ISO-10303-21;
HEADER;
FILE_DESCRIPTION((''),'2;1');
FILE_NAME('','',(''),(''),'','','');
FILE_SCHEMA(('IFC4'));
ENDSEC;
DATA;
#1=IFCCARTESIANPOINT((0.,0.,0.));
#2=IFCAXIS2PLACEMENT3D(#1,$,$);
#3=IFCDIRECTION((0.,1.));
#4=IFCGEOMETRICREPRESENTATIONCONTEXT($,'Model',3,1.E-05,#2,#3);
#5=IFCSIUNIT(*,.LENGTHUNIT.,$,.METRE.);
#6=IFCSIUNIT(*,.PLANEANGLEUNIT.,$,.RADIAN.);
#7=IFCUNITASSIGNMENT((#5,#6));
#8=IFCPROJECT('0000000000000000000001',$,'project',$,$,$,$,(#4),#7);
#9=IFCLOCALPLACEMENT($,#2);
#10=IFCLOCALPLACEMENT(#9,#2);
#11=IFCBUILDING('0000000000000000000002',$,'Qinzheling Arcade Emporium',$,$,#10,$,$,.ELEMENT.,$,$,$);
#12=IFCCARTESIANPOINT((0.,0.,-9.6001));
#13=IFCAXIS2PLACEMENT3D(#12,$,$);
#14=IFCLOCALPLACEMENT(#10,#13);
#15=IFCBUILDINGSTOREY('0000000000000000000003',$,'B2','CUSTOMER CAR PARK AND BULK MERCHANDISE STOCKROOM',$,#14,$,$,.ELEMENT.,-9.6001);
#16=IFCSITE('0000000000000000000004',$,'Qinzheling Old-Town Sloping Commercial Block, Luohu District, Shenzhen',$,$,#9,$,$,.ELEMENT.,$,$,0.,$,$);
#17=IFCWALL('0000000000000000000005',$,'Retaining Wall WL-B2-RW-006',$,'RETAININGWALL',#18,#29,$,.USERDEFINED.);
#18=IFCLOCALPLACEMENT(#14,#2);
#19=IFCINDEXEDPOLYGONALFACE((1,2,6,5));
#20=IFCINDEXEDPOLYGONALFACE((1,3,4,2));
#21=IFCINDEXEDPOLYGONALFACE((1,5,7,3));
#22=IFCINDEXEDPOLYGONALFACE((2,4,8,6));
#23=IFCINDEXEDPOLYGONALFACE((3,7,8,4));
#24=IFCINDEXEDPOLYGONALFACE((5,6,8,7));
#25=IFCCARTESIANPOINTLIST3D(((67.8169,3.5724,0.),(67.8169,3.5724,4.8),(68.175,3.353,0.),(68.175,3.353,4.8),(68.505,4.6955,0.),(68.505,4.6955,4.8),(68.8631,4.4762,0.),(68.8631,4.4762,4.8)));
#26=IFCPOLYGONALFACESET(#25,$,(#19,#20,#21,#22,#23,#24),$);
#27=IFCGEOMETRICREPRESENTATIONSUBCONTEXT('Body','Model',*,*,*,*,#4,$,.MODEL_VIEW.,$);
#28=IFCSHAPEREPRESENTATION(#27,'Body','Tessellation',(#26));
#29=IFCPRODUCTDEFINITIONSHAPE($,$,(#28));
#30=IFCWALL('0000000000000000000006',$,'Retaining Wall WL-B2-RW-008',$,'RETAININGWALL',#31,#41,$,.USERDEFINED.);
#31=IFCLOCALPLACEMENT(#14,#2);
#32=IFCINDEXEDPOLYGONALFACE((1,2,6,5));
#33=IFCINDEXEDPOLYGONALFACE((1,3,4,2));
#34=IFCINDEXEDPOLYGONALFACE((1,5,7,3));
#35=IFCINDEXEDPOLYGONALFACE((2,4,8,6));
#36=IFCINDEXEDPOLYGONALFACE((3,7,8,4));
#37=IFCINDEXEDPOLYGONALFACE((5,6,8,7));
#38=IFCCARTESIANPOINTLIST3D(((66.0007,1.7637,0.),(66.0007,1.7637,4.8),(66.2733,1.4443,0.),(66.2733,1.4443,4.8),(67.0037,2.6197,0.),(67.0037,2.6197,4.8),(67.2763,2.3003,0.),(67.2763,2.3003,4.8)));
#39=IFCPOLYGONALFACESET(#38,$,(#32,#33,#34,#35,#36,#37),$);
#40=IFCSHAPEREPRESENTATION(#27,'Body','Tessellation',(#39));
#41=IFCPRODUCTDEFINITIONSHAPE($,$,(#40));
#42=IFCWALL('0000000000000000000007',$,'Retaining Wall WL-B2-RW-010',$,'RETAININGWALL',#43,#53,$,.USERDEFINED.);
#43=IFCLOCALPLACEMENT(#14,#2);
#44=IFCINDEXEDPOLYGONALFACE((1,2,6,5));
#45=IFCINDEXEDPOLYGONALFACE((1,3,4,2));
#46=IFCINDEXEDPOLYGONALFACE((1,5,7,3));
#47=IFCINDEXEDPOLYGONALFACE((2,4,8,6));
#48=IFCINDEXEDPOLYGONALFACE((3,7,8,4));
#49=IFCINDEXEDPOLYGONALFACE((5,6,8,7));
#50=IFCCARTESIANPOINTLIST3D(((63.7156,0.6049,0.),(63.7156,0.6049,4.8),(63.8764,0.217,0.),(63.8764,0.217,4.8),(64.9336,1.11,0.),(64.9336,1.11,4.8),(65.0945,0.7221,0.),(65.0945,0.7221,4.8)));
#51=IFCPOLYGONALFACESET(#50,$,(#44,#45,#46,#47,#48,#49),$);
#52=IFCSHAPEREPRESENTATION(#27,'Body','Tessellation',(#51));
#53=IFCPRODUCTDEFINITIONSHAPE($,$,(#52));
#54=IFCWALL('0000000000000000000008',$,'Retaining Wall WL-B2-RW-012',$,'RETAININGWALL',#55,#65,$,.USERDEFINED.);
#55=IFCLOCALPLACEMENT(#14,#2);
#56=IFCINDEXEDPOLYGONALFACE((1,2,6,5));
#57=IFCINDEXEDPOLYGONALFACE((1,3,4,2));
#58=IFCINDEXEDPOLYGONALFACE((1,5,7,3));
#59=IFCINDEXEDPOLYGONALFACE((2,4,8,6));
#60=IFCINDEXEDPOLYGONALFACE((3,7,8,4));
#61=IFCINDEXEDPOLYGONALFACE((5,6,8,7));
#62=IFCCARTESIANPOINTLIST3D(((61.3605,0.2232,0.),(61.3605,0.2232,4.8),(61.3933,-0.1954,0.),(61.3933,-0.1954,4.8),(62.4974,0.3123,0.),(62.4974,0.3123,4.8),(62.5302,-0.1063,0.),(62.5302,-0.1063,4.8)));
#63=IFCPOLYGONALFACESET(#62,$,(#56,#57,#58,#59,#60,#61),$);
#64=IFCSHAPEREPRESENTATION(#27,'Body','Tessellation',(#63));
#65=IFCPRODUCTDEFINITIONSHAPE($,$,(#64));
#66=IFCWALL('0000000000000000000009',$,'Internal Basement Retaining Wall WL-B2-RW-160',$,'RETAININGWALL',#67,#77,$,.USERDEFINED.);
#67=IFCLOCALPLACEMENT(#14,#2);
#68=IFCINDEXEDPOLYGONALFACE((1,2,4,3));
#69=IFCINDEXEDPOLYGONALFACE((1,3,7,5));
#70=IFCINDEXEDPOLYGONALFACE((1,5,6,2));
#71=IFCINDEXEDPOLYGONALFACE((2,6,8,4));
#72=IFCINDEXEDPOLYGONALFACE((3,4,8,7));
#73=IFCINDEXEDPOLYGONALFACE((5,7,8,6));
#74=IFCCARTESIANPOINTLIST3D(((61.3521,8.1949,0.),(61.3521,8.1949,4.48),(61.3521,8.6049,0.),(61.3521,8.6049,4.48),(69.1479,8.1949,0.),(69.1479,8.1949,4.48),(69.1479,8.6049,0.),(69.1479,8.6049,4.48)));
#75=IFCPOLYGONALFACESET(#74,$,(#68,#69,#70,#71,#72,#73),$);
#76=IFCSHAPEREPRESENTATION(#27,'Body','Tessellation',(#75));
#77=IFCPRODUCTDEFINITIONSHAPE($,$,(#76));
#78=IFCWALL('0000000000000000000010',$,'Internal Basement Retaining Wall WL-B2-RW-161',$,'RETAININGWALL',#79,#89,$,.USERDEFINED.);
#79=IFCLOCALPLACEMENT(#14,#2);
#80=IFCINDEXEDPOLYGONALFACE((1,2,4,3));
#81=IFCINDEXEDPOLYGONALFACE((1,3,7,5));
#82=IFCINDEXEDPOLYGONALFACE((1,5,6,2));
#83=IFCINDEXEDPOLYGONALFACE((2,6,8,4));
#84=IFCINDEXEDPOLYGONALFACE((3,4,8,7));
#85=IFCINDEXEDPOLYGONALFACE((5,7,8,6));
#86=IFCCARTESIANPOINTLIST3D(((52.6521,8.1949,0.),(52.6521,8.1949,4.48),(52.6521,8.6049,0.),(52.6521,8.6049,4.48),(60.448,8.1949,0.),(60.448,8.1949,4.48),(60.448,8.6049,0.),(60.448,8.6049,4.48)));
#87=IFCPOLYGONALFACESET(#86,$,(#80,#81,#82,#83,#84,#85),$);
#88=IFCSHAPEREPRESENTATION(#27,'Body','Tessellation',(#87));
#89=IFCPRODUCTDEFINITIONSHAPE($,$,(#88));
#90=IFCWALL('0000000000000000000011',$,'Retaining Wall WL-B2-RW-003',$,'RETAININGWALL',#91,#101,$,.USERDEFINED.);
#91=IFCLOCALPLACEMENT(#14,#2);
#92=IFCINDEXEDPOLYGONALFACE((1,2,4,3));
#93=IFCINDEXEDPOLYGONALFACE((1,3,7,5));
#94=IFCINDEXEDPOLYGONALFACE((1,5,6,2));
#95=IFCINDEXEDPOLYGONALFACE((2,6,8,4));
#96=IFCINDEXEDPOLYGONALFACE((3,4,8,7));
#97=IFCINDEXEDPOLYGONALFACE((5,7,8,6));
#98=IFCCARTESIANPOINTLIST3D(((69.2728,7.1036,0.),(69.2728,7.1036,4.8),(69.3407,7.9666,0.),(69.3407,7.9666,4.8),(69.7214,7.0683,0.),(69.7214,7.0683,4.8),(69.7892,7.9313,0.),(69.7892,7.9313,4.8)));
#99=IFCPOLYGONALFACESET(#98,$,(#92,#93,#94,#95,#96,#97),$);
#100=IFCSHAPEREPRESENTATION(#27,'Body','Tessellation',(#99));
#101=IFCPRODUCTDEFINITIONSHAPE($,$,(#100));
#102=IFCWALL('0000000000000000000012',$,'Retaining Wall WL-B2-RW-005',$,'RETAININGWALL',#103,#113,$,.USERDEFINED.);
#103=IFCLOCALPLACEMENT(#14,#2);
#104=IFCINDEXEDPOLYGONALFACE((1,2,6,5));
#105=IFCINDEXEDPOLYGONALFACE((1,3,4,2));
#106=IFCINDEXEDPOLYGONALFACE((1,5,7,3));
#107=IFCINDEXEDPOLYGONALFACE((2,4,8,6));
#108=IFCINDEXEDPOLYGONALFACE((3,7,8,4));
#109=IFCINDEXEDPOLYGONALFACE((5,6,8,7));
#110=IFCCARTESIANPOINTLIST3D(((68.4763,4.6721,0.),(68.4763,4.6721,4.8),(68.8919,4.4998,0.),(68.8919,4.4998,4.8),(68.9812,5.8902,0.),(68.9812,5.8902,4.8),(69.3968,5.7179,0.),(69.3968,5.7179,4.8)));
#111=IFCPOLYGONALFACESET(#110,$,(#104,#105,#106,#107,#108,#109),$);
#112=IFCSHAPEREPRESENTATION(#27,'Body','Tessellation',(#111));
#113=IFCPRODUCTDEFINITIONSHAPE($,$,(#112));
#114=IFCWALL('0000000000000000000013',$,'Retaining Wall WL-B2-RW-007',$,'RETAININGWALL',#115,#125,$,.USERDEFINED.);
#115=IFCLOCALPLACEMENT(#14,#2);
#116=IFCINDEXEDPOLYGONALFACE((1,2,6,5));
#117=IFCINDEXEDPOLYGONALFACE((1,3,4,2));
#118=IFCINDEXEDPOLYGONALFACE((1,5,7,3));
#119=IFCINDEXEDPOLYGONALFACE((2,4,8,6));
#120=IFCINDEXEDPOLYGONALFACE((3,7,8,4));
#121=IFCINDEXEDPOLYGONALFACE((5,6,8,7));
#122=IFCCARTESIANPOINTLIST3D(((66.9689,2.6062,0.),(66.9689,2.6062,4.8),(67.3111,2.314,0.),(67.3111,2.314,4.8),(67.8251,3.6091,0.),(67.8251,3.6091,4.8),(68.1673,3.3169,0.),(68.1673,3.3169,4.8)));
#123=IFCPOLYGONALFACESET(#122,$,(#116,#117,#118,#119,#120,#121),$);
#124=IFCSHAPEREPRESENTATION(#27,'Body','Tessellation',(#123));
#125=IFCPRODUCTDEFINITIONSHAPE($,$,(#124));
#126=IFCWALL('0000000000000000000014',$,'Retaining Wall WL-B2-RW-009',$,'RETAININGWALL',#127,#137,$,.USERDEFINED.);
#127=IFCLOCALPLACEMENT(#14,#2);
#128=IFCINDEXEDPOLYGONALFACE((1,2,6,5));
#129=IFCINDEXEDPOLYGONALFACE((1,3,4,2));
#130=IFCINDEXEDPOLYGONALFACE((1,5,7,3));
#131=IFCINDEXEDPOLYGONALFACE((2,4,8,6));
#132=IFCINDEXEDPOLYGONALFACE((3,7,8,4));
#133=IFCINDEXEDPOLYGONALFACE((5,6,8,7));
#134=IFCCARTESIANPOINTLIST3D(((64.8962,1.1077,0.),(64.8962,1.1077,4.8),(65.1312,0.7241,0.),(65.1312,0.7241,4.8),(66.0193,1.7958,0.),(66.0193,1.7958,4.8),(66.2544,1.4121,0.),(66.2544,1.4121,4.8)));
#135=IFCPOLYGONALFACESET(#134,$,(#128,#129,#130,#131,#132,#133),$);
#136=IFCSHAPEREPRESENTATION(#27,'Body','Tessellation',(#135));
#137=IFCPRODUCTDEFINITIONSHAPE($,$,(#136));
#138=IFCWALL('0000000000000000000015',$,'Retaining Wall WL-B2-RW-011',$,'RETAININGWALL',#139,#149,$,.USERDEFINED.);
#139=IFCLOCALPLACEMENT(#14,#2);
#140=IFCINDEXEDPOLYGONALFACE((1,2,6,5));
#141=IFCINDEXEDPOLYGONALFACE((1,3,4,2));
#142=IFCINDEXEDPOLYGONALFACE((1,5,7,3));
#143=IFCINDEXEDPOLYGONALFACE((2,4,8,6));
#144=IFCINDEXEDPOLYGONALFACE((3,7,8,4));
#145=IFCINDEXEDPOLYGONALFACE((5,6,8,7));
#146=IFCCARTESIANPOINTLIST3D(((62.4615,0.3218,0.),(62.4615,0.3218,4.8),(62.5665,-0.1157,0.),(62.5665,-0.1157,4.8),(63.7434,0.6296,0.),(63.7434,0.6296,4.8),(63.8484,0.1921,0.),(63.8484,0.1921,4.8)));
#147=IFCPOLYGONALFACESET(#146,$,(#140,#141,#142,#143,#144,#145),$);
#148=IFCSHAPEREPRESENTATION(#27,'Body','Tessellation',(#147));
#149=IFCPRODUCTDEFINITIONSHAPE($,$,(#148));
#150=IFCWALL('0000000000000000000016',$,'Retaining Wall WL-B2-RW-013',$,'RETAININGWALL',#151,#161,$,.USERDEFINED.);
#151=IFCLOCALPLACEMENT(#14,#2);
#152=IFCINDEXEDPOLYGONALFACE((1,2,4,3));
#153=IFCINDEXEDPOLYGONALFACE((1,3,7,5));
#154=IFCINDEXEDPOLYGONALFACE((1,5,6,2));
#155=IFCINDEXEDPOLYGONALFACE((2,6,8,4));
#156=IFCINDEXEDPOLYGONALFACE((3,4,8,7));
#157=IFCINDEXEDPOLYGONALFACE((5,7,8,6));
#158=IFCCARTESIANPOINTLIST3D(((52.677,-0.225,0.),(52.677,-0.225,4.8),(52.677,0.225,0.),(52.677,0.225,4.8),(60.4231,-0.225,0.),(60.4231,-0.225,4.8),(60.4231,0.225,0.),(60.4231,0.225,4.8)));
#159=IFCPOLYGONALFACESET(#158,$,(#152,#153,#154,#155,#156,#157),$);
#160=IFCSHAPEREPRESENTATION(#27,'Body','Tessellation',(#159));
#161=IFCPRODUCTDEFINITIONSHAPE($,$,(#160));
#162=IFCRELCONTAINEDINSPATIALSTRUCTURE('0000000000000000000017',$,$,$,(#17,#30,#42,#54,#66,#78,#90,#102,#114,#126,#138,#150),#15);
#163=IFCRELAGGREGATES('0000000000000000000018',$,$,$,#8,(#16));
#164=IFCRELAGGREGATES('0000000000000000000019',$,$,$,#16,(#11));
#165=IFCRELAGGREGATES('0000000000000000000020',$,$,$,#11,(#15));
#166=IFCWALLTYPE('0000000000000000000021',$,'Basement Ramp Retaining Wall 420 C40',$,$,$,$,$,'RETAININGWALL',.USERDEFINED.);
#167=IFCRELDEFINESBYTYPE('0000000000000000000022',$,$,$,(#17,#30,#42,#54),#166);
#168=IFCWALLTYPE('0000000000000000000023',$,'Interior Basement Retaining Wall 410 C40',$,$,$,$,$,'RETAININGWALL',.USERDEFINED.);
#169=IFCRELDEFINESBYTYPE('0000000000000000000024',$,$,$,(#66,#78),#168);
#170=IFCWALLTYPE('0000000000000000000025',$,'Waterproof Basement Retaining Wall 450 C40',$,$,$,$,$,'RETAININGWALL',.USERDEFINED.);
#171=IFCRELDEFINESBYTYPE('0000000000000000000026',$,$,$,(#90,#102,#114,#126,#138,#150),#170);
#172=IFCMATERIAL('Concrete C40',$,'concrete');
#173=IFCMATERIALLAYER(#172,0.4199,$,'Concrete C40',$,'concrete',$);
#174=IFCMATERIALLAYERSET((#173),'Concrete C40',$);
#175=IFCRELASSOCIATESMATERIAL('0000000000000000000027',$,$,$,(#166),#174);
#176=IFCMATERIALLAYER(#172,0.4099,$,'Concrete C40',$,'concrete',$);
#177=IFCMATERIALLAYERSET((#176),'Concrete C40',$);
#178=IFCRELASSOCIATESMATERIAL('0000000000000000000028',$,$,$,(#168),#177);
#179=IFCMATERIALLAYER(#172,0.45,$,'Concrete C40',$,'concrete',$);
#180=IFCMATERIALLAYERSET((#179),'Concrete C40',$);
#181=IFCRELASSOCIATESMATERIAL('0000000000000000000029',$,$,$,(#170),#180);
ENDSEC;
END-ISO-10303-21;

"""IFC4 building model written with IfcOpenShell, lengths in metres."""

from ifc_helpers import new_model, si_unit, direction, frame, frame_2d, origin, place, context, subcontext, project, spatial, rectangle, extrude, material, layer, layer_set, type_object, element, save


model = new_model("IFC4")

# Units and contexts
model_context = context("Model", 3, precision=1e-05, world=origin(), true_north=direction((0.0, 1.0)))
body_context = subcontext(model_context, "Body", "Model", "MODEL_VIEW")
ifc_project = project(units=[si_unit("LENGTHUNIT", "METRE"), si_unit("PLANEANGLEUNIT", "RADIAN")], contexts=[model_context])

# Site, building, storey
site_placement = place(None, origin())
site = spatial("IfcSite", under=ifc_project, at=site_placement, Name="Qinzheling Old-Town Sloping Commercial Block, Luohu District, Shenzhen", CompositionType="ELEMENT", RefElevation=0.0)
building_placement = place(site_placement, origin())
building = spatial("IfcBuilding", under=site, at=building_placement, Name="Qinzheling Arcade Emporium", CompositionType="ELEMENT")
storey_placement = place(building_placement, frame((0.0, 0.0, -9.6001)))
storey = spatial("IfcBuildingStorey", under=building, at=storey_placement, Name="B2", Description="CUSTOMER CAR PARK AND BULK MERCHANDISE STOCKROOM", CompositionType="ELEMENT", Elevation=-9.6001)

# Shared definitions
ifc_material_1 = material(Name="Concrete C40", Category="concrete")

# Walls
ifc_layer_1 = layer(ifc_material_1, 0.4199, Name="Concrete C40", Category="concrete")
ifc_layer_set_1 = layer_set([ifc_layer_1], Name="Concrete C40")
wall_type_1 = type_object("IfcWallType", Name="Basement Ramp Retaining Wall 420 C40", ElementType="RETAININGWALL", PredefinedType="USERDEFINED", material=ifc_layer_set_1)
wall_1_placement = place(storey_placement, frame((68.6841, 4.5859, 0.0), z_axis=(0.0, 0.0, 1.0), x_axis=(-0.522379, -0.852713, 0.0)))
element("IfcWall", 1, at=wall_1_placement, inside=storey, type_object=wall_type_1, Name="Retaining Wall WL-B2-RW-006", ObjectType="RETAININGWALL", PredefinedType="USERDEFINED", context=body_context, shape_type="SweptSolid", body=[
    extrude(rectangle(XDim=1.3171, YDim=0.4199, at=frame_2d((0.6587, 0.0))), origin(), (0.0, 0.0, 1.0), 4.8),
])
for number, where, z_axis, x_axis, name in (
    (2, (67.1399, 2.46, 0.0), (0.0, 0.0, 1.0), (-0.76064, -0.649174, 0.0), "Retaining Wall WL-B2-RW-008"),
    (3, (65.0139, 0.916, 0.0), (0.0, 0.0, 1.0), (-0.923717, -0.383077, 0.0), "Retaining Wall WL-B2-RW-010"),
):
    element("IfcWall", number, at=place(storey_placement, frame(where, z_axis=z_axis, x_axis=x_axis)), inside=storey, type_object=wall_type_1, Name=name, ObjectType="RETAININGWALL", PredefinedType="USERDEFINED", context=body_context, shape_type="SweptSolid", body=[
        extrude(rectangle(XDim=1.3186, YDim=0.4199, at=frame_2d((0.6592, 0.0))), origin(), (0.0, 0.0, 1.0), 4.8),
    ])
wall_2_placement = place(storey_placement, frame((62.5139, 0.103, 0.0), z_axis=(0.0, 0.0, 1.0), x_axis=(-0.996943, -0.078137, 0.0)))
element("IfcWall", 4, at=wall_2_placement, inside=storey, type_object=wall_type_1, Name="Retaining Wall WL-B2-RW-012", ObjectType="RETAININGWALL", PredefinedType="USERDEFINED", context=body_context, shape_type="SweptSolid", body=[
    extrude(rectangle(XDim=1.1404, YDim=0.4199, at=frame_2d((0.5703, 0.0))), origin(), (0.0, 0.0, 1.0), 4.8),
])
ifc_layer_2 = layer(ifc_material_1, 0.4099, Name="Concrete C40", Category="concrete")
ifc_layer_set_2 = layer_set([ifc_layer_2], Name="Concrete C40")
wall_type_2 = type_object("IfcWallType", Name="Interior Basement Retaining Wall 410 C40", ElementType="RETAININGWALL", PredefinedType="USERDEFINED", material=ifc_layer_set_2)
for number, where, z_axis, x_axis, name in (
    (5, (69.1479, 8.3999, 0.0), (0.0, 0.0, 1.0), (-1.0, 0.0, 0.0), "Internal Basement Retaining Wall WL-B2-RW-160"),
    (6, (60.448, 8.3999, 0.0), (0.0, 0.0, 1.0), (-1.0, 0.0, 0.0), "Internal Basement Retaining Wall WL-B2-RW-161"),
):
    element("IfcWall", number, at=place(storey_placement, frame(where, z_axis=z_axis, x_axis=x_axis)), inside=storey, type_object=wall_type_2, Name=name, ObjectType="RETAININGWALL", PredefinedType="USERDEFINED", context=body_context, shape_type="SweptSolid", body=[
        extrude(rectangle(XDim=7.7959, YDim=0.4099, at=frame_2d((3.8979, 0.0))), origin(), (0.0, 0.0, 1.0), 4.48),
    ])
ifc_layer_3 = layer(ifc_material_1, 0.45, Name="Concrete C40", Category="concrete")
ifc_layer_set_3 = layer_set([ifc_layer_3], Name="Concrete C40")
wall_type_3 = type_object("IfcWallType", Name="Waterproof Basement Retaining Wall 450 C40", ElementType="RETAININGWALL", PredefinedType="USERDEFINED", material=ifc_layer_set_3)
wall_3_placement = place(storey_placement, frame((69.5649, 7.949, 0.0), z_axis=(0.0, 0.0, 1.0), x_axis=(-0.0784, -0.996922, 0.0)))
element("IfcWall", 7, at=wall_3_placement, inside=storey, type_object=wall_type_3, Name="Retaining Wall WL-B2-RW-003", ObjectType="RETAININGWALL", PredefinedType="USERDEFINED", context=body_context, shape_type="SweptSolid", body=[
    extrude(rectangle(XDim=0.8657, YDim=0.45, at=frame_2d((0.4329, 0.0))), origin(), (0.0, 0.0, 1.0), 4.8),
])
for number, where, z_axis, x_axis, name in (
    (8, (69.189, 5.804, 0.0), (0.0, 0.0, 1.0), (-0.382919, -0.923782, 0.0), "Retaining Wall WL-B2-RW-005"),
    (9, (67.9961, 3.4629, 0.0), (0.0, 0.0, 1.0), (-0.649281, -0.760549, 0.0), "Retaining Wall WL-B2-RW-007"),
):
    element("IfcWall", number, at=place(storey_placement, frame(where, z_axis=z_axis, x_axis=x_axis)), inside=storey, type_object=wall_type_3, Name=name, ObjectType="RETAININGWALL", PredefinedType="USERDEFINED", context=body_context, shape_type="SweptSolid", body=[
        extrude(rectangle(XDim=1.3186, YDim=0.45, at=frame_2d((0.6592, 0.0))), origin(), (0.0, 0.0, 1.0), 4.8),
    ])
wall_4_placement = place(storey_placement, frame((66.137, 1.604, 0.0), z_axis=(0.0, 0.0, 1.0), x_axis=(-0.852713, -0.522379, 0.0)))
element("IfcWall", 10, at=wall_4_placement, inside=storey, type_object=wall_type_3, Name="Retaining Wall WL-B2-RW-009", ObjectType="RETAININGWALL", PredefinedType="USERDEFINED", context=body_context, shape_type="SweptSolid", body=[
    extrude(rectangle(XDim=1.3171, YDim=0.45, at=frame_2d((0.6587, 0.0))), origin(), (0.0, 0.0, 1.0), 4.8),
])
wall_5_placement = place(storey_placement, frame((63.7959, 0.4109, 0.0), z_axis=(0.0, 0.0, 1.0), x_axis=(-0.972355, -0.233506, 0.0)))
element("IfcWall", 11, at=wall_5_placement, inside=storey, type_object=wall_type_3, Name="Retaining Wall WL-B2-RW-011", ObjectType="RETAININGWALL", PredefinedType="USERDEFINED", context=body_context, shape_type="SweptSolid", body=[
    extrude(rectangle(XDim=1.3184, YDim=0.45, at=frame_2d((0.6592, 0.0))), origin(), (0.0, 0.0, 1.0), 4.8),
])
wall_6_placement = place(storey_placement, frame((60.4231, 0.0, 0.0), z_axis=(0.0, 0.0, 1.0), x_axis=(-1.0, 0.0, 0.0)))
element("IfcWall", 12, at=wall_6_placement, inside=storey, type_object=wall_type_3, Name="Retaining Wall WL-B2-RW-013", ObjectType="RETAININGWALL", PredefinedType="USERDEFINED", context=body_context, shape_type="SweptSolid", body=[
    extrude(rectangle(XDim=7.7461, YDim=0.45, at=frame_2d((3.873, 0.0))), origin(), (0.0, 0.0, 1.0), 4.8),
])

save(model, "model.ifc")
